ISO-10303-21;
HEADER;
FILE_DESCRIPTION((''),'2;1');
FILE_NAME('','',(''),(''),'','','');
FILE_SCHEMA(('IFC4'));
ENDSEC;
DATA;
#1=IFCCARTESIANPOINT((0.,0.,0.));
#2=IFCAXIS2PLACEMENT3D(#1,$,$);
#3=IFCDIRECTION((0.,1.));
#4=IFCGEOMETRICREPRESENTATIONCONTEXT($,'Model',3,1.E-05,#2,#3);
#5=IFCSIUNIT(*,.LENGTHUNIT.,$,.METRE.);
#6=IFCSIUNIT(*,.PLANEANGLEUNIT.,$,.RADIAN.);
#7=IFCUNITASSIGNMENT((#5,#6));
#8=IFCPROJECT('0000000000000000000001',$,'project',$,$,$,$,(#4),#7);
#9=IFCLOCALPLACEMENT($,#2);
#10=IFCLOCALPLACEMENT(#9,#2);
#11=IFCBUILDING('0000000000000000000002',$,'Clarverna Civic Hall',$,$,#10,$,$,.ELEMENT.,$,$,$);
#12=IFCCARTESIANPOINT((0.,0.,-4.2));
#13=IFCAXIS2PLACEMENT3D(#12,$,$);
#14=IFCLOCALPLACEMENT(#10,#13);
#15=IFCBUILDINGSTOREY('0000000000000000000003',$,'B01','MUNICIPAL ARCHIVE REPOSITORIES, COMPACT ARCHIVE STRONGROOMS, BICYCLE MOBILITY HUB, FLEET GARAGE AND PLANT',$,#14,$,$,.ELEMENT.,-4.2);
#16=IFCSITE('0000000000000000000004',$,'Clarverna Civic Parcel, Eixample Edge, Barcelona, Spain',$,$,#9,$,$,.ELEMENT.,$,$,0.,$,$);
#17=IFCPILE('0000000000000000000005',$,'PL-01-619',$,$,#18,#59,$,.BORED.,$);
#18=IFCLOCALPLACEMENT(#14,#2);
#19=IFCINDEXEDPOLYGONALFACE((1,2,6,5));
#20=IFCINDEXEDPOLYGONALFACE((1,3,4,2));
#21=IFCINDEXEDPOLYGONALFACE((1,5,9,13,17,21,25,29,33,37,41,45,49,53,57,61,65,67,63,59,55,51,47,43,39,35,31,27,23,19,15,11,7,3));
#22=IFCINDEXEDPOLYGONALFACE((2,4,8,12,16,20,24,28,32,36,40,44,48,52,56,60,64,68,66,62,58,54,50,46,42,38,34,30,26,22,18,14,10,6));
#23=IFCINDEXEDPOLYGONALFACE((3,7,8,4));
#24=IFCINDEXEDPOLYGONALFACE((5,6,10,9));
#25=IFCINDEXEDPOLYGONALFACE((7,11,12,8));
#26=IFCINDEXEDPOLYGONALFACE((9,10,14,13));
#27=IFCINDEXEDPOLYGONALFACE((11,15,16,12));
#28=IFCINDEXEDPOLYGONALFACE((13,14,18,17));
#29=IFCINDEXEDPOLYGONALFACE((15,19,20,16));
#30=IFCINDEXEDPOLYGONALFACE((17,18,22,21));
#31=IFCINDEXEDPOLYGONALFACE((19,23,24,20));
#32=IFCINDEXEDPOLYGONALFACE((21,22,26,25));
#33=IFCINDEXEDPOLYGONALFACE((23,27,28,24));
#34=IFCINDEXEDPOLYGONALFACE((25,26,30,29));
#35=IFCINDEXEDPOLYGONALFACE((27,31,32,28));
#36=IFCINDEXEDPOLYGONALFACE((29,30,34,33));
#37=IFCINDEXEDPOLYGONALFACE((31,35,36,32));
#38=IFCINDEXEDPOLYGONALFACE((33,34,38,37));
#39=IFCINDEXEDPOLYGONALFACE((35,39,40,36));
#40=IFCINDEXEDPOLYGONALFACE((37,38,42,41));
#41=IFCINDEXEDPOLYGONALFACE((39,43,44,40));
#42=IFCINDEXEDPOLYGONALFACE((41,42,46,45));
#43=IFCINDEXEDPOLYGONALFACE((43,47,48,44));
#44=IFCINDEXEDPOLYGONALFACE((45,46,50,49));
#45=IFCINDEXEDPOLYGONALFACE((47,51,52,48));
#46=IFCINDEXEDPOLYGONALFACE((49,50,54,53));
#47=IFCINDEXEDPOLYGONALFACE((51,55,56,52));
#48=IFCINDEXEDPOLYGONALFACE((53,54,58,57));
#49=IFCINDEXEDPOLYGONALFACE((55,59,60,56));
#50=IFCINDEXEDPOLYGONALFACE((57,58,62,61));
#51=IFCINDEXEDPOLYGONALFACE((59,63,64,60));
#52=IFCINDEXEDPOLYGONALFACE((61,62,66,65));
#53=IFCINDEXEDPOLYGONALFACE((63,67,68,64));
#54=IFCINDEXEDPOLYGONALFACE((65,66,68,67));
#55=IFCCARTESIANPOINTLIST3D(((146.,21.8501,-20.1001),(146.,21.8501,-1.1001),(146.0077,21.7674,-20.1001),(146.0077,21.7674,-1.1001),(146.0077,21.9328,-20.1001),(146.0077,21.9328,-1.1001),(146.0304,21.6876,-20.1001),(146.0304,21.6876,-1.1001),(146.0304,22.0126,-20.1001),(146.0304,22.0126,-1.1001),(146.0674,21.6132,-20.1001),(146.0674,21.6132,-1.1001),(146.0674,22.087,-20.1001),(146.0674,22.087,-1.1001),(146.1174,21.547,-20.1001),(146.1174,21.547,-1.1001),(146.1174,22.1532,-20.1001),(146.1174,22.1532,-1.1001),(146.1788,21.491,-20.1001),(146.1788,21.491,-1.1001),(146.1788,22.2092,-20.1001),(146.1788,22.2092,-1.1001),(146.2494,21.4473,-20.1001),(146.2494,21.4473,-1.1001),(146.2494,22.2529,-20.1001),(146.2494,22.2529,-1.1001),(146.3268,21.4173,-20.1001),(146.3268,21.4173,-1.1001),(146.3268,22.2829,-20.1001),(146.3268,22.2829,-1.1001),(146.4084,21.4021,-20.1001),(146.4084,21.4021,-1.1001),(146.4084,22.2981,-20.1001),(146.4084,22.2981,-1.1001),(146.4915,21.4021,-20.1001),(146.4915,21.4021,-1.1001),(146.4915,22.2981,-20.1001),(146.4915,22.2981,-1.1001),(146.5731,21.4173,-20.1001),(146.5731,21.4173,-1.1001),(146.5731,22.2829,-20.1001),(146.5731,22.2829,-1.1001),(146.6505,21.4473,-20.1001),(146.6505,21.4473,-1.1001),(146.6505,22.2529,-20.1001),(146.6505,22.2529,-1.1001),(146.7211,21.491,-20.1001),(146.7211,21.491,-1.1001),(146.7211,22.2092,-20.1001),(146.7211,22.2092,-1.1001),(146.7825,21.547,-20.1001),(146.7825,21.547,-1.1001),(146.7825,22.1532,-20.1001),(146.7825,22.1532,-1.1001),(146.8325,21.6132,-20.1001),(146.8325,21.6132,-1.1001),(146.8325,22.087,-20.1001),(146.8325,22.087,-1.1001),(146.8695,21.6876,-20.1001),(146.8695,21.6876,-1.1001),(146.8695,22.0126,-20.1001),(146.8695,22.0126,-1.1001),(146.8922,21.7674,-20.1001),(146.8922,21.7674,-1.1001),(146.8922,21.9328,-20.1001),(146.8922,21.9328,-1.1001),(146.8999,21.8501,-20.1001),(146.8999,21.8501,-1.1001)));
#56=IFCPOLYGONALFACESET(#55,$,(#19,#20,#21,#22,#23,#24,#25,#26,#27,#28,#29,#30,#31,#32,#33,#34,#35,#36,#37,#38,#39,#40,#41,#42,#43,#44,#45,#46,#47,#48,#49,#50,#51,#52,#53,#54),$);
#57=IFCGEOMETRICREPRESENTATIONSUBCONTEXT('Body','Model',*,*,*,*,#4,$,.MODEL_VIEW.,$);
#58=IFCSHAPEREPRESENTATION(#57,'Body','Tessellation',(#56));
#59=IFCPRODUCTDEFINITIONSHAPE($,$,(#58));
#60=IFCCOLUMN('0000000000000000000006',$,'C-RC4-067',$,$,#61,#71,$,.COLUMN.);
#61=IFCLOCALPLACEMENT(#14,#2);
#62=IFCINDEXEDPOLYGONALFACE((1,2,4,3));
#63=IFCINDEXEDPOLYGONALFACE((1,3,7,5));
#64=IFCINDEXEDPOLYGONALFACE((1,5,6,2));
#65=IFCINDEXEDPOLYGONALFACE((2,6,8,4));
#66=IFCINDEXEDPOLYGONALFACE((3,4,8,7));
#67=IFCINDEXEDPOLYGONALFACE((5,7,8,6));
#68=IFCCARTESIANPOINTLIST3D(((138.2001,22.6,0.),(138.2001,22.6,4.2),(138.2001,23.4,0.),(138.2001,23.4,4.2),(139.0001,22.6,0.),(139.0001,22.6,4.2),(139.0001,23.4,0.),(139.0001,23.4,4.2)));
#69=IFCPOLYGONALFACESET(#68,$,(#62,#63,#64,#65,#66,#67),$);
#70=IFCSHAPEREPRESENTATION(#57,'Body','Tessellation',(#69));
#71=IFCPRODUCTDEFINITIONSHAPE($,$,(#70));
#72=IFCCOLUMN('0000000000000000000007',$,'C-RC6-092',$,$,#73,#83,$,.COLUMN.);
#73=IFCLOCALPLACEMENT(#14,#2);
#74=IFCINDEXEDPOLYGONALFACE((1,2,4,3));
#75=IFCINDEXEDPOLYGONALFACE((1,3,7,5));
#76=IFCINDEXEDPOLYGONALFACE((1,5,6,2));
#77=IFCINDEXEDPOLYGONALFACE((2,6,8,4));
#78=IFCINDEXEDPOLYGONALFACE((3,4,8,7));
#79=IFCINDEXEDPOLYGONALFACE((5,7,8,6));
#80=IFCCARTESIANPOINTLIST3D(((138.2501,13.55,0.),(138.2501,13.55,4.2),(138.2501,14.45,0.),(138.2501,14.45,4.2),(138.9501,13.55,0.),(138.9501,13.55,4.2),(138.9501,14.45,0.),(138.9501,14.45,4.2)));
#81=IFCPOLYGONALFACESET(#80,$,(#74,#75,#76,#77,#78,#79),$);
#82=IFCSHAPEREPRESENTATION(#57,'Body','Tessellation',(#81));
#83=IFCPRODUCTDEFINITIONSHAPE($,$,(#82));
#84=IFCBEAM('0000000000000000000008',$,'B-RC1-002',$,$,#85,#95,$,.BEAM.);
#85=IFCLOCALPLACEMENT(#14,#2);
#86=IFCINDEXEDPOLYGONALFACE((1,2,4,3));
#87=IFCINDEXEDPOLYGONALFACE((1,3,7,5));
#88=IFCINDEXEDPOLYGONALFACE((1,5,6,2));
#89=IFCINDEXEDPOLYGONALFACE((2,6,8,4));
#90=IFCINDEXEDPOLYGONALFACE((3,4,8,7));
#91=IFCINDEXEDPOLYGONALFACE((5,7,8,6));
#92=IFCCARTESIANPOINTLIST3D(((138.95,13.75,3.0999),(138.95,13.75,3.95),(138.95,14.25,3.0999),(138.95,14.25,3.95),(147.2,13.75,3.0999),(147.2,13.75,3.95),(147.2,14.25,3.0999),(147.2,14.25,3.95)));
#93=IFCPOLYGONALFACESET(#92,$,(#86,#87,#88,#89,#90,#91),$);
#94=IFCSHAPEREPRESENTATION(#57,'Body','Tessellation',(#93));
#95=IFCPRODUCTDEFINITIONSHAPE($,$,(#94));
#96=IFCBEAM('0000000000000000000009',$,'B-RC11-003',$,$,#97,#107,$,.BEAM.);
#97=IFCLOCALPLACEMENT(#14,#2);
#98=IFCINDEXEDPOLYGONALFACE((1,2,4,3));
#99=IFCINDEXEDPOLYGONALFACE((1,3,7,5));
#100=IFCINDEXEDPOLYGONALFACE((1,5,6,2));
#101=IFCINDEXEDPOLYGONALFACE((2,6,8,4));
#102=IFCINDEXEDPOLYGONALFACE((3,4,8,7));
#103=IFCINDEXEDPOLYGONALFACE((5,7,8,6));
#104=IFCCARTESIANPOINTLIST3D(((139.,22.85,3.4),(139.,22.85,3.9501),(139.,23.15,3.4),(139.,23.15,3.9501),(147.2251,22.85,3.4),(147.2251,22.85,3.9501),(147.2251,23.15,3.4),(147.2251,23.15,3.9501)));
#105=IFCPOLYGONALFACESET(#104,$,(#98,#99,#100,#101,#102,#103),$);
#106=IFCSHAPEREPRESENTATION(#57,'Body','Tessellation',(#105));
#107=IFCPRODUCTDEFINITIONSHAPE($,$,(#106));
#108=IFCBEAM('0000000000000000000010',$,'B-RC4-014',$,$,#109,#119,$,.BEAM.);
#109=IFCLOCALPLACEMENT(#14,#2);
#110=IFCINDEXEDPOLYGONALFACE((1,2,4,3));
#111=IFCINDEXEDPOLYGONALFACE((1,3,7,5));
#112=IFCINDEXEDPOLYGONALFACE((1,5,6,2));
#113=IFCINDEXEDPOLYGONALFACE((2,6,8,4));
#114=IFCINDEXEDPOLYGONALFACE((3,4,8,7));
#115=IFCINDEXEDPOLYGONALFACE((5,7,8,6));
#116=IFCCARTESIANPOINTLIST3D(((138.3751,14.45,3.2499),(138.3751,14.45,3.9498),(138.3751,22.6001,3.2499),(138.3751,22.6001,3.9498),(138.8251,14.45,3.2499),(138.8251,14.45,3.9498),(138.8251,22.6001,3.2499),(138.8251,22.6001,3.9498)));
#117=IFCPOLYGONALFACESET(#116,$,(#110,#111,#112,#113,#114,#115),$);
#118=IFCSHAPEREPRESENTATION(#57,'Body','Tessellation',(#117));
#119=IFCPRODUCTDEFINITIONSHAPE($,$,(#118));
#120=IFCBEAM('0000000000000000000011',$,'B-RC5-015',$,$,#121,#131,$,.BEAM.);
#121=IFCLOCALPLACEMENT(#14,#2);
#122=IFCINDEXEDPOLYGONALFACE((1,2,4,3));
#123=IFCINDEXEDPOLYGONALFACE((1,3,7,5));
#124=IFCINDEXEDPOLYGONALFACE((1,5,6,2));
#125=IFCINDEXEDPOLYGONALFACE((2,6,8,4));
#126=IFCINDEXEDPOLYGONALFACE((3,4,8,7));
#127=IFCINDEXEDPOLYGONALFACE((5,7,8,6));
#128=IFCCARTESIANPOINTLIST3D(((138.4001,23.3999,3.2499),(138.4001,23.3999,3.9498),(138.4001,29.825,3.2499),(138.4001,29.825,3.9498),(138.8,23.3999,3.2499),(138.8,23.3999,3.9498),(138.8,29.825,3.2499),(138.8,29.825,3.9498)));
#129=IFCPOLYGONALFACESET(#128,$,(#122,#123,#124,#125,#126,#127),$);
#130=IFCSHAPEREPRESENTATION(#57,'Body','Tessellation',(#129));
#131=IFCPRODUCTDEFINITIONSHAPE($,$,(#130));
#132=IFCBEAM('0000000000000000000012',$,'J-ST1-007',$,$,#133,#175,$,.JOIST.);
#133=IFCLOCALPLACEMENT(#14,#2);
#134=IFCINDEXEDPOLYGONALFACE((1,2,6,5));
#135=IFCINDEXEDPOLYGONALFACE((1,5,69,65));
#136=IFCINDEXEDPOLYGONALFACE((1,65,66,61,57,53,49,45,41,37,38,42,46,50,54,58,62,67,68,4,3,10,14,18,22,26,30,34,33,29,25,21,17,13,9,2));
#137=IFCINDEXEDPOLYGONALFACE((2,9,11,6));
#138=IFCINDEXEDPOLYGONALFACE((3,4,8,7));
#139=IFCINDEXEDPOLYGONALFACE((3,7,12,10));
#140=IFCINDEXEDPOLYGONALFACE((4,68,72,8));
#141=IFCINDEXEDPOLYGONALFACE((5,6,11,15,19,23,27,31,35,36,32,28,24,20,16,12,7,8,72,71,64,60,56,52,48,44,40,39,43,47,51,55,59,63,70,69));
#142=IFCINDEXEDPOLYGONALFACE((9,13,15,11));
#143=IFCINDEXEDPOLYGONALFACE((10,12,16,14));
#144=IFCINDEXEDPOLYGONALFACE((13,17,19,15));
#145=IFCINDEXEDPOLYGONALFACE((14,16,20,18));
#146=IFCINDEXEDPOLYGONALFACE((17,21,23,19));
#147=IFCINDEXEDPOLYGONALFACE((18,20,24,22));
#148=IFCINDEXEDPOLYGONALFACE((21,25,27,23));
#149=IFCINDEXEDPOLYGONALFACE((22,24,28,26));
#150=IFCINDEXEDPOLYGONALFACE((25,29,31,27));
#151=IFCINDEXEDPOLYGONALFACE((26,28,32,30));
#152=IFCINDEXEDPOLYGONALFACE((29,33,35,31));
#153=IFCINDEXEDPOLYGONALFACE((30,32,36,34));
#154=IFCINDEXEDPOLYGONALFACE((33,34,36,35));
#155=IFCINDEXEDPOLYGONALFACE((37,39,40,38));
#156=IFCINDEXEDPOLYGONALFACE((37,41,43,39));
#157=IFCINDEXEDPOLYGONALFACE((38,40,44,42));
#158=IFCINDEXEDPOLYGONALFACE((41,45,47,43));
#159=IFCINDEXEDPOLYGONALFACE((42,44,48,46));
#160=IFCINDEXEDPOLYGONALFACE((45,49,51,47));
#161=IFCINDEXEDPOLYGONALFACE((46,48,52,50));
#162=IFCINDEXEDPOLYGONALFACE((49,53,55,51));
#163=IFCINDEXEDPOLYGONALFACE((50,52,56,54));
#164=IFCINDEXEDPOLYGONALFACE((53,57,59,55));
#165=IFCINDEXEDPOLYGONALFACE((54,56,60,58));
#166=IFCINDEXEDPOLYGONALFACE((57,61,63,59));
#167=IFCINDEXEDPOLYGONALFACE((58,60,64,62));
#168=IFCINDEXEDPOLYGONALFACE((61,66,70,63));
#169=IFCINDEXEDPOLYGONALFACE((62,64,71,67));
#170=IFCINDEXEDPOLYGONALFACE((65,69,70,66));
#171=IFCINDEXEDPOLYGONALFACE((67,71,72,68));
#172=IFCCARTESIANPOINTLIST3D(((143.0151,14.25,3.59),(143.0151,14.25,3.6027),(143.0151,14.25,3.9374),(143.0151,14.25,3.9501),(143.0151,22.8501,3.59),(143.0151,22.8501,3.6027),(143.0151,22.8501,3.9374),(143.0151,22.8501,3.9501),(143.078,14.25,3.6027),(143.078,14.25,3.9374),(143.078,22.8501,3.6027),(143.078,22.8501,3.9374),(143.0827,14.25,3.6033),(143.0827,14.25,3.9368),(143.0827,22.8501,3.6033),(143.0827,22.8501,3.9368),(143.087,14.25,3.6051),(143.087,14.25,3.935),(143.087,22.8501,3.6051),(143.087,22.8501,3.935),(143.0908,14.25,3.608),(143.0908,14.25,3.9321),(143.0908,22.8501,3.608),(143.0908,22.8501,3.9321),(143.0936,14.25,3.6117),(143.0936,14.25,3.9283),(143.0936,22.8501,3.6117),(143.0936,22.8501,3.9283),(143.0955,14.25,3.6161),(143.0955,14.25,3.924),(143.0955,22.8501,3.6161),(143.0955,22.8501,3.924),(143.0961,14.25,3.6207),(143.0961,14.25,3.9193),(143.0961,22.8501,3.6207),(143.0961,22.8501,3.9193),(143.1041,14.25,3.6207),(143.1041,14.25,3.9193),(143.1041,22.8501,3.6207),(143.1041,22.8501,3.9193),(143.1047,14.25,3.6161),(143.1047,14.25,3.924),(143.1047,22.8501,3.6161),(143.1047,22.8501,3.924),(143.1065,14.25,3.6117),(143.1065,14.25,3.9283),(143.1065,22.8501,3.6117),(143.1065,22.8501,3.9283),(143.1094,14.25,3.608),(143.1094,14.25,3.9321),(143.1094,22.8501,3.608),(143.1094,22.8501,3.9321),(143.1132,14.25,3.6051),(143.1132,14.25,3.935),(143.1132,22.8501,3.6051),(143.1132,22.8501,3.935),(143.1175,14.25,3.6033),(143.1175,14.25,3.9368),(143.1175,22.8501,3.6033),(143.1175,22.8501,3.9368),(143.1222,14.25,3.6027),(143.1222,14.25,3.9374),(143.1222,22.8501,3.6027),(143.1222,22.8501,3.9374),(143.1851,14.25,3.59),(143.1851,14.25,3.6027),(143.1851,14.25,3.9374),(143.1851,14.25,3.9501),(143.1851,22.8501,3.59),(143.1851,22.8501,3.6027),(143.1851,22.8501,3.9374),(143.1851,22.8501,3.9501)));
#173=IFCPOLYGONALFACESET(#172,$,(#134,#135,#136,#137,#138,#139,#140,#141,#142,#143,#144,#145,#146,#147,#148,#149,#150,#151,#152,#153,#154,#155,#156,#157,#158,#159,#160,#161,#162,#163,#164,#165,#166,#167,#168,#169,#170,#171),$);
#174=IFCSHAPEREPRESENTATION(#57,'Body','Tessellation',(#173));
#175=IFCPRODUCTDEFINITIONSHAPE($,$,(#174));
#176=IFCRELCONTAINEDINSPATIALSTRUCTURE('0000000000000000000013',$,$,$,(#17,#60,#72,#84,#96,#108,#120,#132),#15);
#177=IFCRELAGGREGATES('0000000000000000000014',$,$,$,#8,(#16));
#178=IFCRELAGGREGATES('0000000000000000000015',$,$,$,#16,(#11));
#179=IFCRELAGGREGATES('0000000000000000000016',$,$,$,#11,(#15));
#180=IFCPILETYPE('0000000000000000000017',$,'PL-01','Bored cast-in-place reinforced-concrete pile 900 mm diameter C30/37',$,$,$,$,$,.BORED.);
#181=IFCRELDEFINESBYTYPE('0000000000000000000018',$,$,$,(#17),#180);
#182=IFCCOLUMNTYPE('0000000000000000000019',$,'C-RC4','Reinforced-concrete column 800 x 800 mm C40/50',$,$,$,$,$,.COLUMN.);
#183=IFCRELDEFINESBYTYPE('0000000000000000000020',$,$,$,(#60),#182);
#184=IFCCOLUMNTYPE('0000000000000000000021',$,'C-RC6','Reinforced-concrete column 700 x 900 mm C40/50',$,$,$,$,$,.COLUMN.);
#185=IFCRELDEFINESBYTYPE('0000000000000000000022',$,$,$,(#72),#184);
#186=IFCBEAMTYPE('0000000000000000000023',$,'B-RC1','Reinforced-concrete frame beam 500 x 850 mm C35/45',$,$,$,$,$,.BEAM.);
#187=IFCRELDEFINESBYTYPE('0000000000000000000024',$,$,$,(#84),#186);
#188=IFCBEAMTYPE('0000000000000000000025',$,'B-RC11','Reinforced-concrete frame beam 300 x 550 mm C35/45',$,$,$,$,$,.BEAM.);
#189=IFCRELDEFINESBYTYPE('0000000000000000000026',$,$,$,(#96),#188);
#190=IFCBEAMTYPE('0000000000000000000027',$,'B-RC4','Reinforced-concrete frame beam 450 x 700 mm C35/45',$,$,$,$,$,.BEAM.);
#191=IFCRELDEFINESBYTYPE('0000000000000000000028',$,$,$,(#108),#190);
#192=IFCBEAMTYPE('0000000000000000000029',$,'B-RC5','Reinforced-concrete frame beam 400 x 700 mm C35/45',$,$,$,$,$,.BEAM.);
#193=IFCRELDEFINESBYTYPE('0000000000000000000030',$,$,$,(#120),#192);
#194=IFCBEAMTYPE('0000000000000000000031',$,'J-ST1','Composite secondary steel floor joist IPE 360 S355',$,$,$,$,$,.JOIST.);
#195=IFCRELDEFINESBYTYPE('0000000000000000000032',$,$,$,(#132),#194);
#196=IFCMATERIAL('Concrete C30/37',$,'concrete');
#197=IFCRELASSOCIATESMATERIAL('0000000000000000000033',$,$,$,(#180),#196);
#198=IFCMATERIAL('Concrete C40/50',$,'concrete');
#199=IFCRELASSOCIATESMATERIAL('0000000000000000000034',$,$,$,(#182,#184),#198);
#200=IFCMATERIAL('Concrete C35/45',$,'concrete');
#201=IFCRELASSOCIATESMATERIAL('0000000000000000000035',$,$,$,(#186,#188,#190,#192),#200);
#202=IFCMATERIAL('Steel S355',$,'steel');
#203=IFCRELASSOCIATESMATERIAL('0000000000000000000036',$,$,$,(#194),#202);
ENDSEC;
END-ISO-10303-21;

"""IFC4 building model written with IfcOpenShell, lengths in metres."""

from ifc_helpers import new_model, si_unit, direction, frame, origin, origin_2d, place, context, subcontext, project, spatial, rectangle, circle, i_section, extrude, material, material_profile, profile_set, type_object, element, save


model = new_model("IFC4")

# Units and contexts
model_context = context("Model", 3, precision=1e-05, world=origin(), true_north=direction((0.0, 1.0)))
body_context = subcontext(model_context, "Body", "Model", "MODEL_VIEW")
ifc_project = project(units=[si_unit("LENGTHUNIT", "METRE"), si_unit("PLANEANGLEUNIT", "RADIAN")], contexts=[model_context])

# Site, building, storey
site_placement = place(None, origin())
site = spatial("IfcSite", under=ifc_project, at=site_placement, Name="Clarverna Civic Parcel, Eixample Edge, Barcelona, Spain", CompositionType="ELEMENT", RefElevation=0.0)
building_placement = place(site_placement, origin())
building = spatial("IfcBuilding", under=site, at=building_placement, Name="Clarverna Civic Hall", CompositionType="ELEMENT")
storey_placement = place(building_placement, frame((0.0, 0.0, -4.2)))
storey = spatial("IfcBuildingStorey", under=building, at=storey_placement, Name="B01", Description="MUNICIPAL ARCHIVE REPOSITORIES, COMPACT ARCHIVE STRONGROOMS, BICYCLE MOBILITY HUB, FLEET GARAGE AND PLANT", CompositionType="ELEMENT", Elevation=-4.2)

# Shared definitions
ifc_material_1 = material(Name="Concrete C30/37", Category="concrete")

# Pile
ifc_material_profile_1 = material_profile(ifc_material_1, circle(Radius=0.45, at=origin_2d()), Name="BORED PILE D900")
ifc_profile_set_1 = profile_set([ifc_material_profile_1], Name="Concrete C30/37")
pile_type = type_object("IfcPileType", Name="PL-01", Description="Bored cast-in-place reinforced-concrete pile 900 mm diameter C30/37", PredefinedType="BORED", material=ifc_profile_set_1)
for number, where, z_axis, x_axis, name in (
    (1, (146.45, 21.8501, -1.1001), (0.0, 0.0, -1.0), (1.0, 0.0, 0.0), "PL-01-619"),
):
    element("IfcPile", number, at=place(storey_placement, frame(where, z_axis=z_axis, x_axis=x_axis)), inside=storey, type_object=pile_type, Name=name, PredefinedType="BORED", context=body_context, shape_type="SweptSolid", body=[
        extrude(circle(Radius=0.45, at=origin_2d()), origin(), (0.0, 0.0, 1.0), 19.0),
    ])

# Columns
ifc_material_2 = material(Name="Concrete C40/50", Category="concrete")
ifc_material_profile_2 = material_profile(ifc_material_2, rectangle(XDim=0.8, YDim=0.8, at=origin_2d()), Name="RC 800x800")
ifc_profile_set_2 = profile_set([ifc_material_profile_2], Name="Concrete C40/50")
column_type_1 = type_object("IfcColumnType", Name="C-RC4", Description="Reinforced-concrete column 800 x 800 mm C40/50", PredefinedType="COLUMN", material=ifc_profile_set_2)
column_1_placement = place(storey_placement, frame((138.6001, 23.0, 0.0), z_axis=(0.0, 0.0, 1.0), x_axis=(1.0, 0.0, 0.0)))
element("IfcColumn", 2, at=column_1_placement, inside=storey, type_object=column_type_1, Name="C-RC4-067", PredefinedType="COLUMN", context=body_context, shape_type="SweptSolid", body=[
    extrude(rectangle(XDim=0.8, YDim=0.8, at=origin_2d()), origin(), (0.0, 0.0, 1.0), 4.2),
])
ifc_material_profile_3 = material_profile(ifc_material_2, rectangle(XDim=0.7, YDim=0.8999, at=origin_2d()), Name="RC 700x900")
ifc_profile_set_3 = profile_set([ifc_material_profile_3], Name="Concrete C40/50")
column_type_2 = type_object("IfcColumnType", Name="C-RC6", Description="Reinforced-concrete column 700 x 900 mm C40/50", PredefinedType="COLUMN", material=ifc_profile_set_3)
column_2_placement = place(storey_placement, frame((138.6001, 14.0, 0.0), z_axis=(0.0, 0.0, 1.0), x_axis=(1.0, 0.0, 0.0)))
element("IfcColumn", 3, at=column_2_placement, inside=storey, type_object=column_type_2, Name="C-RC6-092", PredefinedType="COLUMN", context=body_context, shape_type="SweptSolid", body=[
    extrude(rectangle(XDim=0.7, YDim=0.8999, at=origin_2d()), origin(), (0.0, 0.0, 1.0), 4.2),
])

# Beams
ifc_material_3 = material(Name="Concrete C35/45", Category="concrete")
ifc_material_profile_4 = material_profile(ifc_material_3, rectangle(XDim=0.5, YDim=0.8501, at=origin_2d()), Name="RC 500x850")
ifc_profile_set_4 = profile_set([ifc_material_profile_4], Name="Concrete C35/45")
beam_type_1 = type_object("IfcBeamType", Name="B-RC1", Description="Reinforced-concrete frame beam 500 x 850 mm C35/45", PredefinedType="BEAM", material=ifc_profile_set_4)
beam_1_placement = place(storey_placement, frame((138.95, 14.0, 3.5249), z_axis=(1.0, 0.0, 0.0), x_axis=(0.0, 1.0, 0.0)))
element("IfcBeam", 4, at=beam_1_placement, inside=storey, type_object=beam_type_1, Name="B-RC1-002", PredefinedType="BEAM", context=body_context, shape_type="SweptSolid", body=[
    extrude(rectangle(XDim=0.5, YDim=0.8501, at=origin_2d()), origin(), (0.0, 0.0, 1.0), 8.25),
])
ifc_material_profile_5 = material_profile(ifc_material_3, rectangle(XDim=0.3, YDim=0.55, at=origin_2d()), Name="RC 300x550")
ifc_profile_set_5 = profile_set([ifc_material_profile_5], Name="Concrete C35/45")
beam_type_2 = type_object("IfcBeamType", Name="B-RC11", Description="Reinforced-concrete frame beam 300 x 550 mm C35/45", PredefinedType="BEAM", material=ifc_profile_set_5)
beam_2_placement = place(storey_placement, frame((139.0, 23.0, 3.675), z_axis=(1.0, 0.0, 0.0), x_axis=(0.0, 1.0, 0.0)))
element("IfcBeam", 5, at=beam_2_placement, inside=storey, type_object=beam_type_2, Name="B-RC11-003", PredefinedType="BEAM", context=body_context, shape_type="SweptSolid", body=[
    extrude(rectangle(XDim=0.3, YDim=0.55, at=origin_2d()), origin(), (0.0, 0.0, 1.0), 8.2251),
])
ifc_material_profile_6 = material_profile(ifc_material_3, rectangle(XDim=0.45, YDim=0.7, at=origin_2d()), Name="RC 450x700")
ifc_profile_set_6 = profile_set([ifc_material_profile_6], Name="Concrete C35/45")
beam_type_3 = type_object("IfcBeamType", Name="B-RC4", Description="Reinforced-concrete frame beam 450 x 700 mm C35/45", PredefinedType="BEAM", material=ifc_profile_set_6)
beam_3_placement = place(storey_placement, frame((138.6001, 14.45, 3.5999), z_axis=(0.0, 1.0, 0.0), x_axis=(-1.0, 0.0, 0.0)))
element("IfcBeam", 6, at=beam_3_placement, inside=storey, type_object=beam_type_3, Name="B-RC4-014", PredefinedType="BEAM", context=body_context, shape_type="SweptSolid", body=[
    extrude(rectangle(XDim=0.45, YDim=0.7, at=origin_2d()), origin(), (0.0, 0.0, 1.0), 8.1501),
])
ifc_material_profile_7 = material_profile(ifc_material_3, rectangle(XDim=0.3999, YDim=0.7, at=origin_2d()), Name="RC 400x700")
ifc_profile_set_7 = profile_set([ifc_material_profile_7], Name="Concrete C35/45")
beam_type_4 = type_object("IfcBeamType", Name="B-RC5", Description="Reinforced-concrete frame beam 400 x 700 mm C35/45", PredefinedType="BEAM", material=ifc_profile_set_7)
beam_4_placement = place(storey_placement, frame((138.6001, 23.3999, 3.5999), z_axis=(0.0, 1.0, 0.0), x_axis=(-1.0, 0.0, 0.0)))
element("IfcBeam", 7, at=beam_4_placement, inside=storey, type_object=beam_type_4, Name="B-RC5-015", PredefinedType="BEAM", context=body_context, shape_type="SweptSolid", body=[
    extrude(rectangle(XDim=0.3999, YDim=0.7, at=origin_2d()), origin(), (0.0, 0.0, 1.0), 6.425),
])
ifc_material_4 = material(Name="Steel S355", Category="steel")
ifc_material_profile_8 = material_profile(ifc_material_4, i_section(OverallWidth=0.1699, OverallDepth=0.3601, WebThickness=0.0081, FlangeThickness=0.0127, FilletRadius=0.0181, at=origin_2d()), Name="IPE 360")
ifc_profile_set_8 = profile_set([ifc_material_profile_8], Name="Steel S355")
beam_type_5 = type_object("IfcBeamType", Name="J-ST1", Description="Composite secondary steel floor joist IPE 360 S355", PredefinedType="JOIST", material=ifc_profile_set_8)
beam_5_placement = place(storey_placement, frame((143.1001, 14.25, 3.77), z_axis=(0.0, 1.0, 0.0), x_axis=(-1.0, 0.0, 0.0)))
element("IfcBeam", 8, at=beam_5_placement, inside=storey, type_object=beam_type_5, Name="J-ST1-007", PredefinedType="JOIST", context=body_context, shape_type="SweptSolid", body=[
    extrude(i_section(OverallWidth=0.1699, OverallDepth=0.3601, WebThickness=0.0081, FlangeThickness=0.0127, FilletRadius=0.0181, at=origin_2d()), origin(), (0.0, 0.0, 1.0), 8.6001),
])

save(model, "model.ifc")
